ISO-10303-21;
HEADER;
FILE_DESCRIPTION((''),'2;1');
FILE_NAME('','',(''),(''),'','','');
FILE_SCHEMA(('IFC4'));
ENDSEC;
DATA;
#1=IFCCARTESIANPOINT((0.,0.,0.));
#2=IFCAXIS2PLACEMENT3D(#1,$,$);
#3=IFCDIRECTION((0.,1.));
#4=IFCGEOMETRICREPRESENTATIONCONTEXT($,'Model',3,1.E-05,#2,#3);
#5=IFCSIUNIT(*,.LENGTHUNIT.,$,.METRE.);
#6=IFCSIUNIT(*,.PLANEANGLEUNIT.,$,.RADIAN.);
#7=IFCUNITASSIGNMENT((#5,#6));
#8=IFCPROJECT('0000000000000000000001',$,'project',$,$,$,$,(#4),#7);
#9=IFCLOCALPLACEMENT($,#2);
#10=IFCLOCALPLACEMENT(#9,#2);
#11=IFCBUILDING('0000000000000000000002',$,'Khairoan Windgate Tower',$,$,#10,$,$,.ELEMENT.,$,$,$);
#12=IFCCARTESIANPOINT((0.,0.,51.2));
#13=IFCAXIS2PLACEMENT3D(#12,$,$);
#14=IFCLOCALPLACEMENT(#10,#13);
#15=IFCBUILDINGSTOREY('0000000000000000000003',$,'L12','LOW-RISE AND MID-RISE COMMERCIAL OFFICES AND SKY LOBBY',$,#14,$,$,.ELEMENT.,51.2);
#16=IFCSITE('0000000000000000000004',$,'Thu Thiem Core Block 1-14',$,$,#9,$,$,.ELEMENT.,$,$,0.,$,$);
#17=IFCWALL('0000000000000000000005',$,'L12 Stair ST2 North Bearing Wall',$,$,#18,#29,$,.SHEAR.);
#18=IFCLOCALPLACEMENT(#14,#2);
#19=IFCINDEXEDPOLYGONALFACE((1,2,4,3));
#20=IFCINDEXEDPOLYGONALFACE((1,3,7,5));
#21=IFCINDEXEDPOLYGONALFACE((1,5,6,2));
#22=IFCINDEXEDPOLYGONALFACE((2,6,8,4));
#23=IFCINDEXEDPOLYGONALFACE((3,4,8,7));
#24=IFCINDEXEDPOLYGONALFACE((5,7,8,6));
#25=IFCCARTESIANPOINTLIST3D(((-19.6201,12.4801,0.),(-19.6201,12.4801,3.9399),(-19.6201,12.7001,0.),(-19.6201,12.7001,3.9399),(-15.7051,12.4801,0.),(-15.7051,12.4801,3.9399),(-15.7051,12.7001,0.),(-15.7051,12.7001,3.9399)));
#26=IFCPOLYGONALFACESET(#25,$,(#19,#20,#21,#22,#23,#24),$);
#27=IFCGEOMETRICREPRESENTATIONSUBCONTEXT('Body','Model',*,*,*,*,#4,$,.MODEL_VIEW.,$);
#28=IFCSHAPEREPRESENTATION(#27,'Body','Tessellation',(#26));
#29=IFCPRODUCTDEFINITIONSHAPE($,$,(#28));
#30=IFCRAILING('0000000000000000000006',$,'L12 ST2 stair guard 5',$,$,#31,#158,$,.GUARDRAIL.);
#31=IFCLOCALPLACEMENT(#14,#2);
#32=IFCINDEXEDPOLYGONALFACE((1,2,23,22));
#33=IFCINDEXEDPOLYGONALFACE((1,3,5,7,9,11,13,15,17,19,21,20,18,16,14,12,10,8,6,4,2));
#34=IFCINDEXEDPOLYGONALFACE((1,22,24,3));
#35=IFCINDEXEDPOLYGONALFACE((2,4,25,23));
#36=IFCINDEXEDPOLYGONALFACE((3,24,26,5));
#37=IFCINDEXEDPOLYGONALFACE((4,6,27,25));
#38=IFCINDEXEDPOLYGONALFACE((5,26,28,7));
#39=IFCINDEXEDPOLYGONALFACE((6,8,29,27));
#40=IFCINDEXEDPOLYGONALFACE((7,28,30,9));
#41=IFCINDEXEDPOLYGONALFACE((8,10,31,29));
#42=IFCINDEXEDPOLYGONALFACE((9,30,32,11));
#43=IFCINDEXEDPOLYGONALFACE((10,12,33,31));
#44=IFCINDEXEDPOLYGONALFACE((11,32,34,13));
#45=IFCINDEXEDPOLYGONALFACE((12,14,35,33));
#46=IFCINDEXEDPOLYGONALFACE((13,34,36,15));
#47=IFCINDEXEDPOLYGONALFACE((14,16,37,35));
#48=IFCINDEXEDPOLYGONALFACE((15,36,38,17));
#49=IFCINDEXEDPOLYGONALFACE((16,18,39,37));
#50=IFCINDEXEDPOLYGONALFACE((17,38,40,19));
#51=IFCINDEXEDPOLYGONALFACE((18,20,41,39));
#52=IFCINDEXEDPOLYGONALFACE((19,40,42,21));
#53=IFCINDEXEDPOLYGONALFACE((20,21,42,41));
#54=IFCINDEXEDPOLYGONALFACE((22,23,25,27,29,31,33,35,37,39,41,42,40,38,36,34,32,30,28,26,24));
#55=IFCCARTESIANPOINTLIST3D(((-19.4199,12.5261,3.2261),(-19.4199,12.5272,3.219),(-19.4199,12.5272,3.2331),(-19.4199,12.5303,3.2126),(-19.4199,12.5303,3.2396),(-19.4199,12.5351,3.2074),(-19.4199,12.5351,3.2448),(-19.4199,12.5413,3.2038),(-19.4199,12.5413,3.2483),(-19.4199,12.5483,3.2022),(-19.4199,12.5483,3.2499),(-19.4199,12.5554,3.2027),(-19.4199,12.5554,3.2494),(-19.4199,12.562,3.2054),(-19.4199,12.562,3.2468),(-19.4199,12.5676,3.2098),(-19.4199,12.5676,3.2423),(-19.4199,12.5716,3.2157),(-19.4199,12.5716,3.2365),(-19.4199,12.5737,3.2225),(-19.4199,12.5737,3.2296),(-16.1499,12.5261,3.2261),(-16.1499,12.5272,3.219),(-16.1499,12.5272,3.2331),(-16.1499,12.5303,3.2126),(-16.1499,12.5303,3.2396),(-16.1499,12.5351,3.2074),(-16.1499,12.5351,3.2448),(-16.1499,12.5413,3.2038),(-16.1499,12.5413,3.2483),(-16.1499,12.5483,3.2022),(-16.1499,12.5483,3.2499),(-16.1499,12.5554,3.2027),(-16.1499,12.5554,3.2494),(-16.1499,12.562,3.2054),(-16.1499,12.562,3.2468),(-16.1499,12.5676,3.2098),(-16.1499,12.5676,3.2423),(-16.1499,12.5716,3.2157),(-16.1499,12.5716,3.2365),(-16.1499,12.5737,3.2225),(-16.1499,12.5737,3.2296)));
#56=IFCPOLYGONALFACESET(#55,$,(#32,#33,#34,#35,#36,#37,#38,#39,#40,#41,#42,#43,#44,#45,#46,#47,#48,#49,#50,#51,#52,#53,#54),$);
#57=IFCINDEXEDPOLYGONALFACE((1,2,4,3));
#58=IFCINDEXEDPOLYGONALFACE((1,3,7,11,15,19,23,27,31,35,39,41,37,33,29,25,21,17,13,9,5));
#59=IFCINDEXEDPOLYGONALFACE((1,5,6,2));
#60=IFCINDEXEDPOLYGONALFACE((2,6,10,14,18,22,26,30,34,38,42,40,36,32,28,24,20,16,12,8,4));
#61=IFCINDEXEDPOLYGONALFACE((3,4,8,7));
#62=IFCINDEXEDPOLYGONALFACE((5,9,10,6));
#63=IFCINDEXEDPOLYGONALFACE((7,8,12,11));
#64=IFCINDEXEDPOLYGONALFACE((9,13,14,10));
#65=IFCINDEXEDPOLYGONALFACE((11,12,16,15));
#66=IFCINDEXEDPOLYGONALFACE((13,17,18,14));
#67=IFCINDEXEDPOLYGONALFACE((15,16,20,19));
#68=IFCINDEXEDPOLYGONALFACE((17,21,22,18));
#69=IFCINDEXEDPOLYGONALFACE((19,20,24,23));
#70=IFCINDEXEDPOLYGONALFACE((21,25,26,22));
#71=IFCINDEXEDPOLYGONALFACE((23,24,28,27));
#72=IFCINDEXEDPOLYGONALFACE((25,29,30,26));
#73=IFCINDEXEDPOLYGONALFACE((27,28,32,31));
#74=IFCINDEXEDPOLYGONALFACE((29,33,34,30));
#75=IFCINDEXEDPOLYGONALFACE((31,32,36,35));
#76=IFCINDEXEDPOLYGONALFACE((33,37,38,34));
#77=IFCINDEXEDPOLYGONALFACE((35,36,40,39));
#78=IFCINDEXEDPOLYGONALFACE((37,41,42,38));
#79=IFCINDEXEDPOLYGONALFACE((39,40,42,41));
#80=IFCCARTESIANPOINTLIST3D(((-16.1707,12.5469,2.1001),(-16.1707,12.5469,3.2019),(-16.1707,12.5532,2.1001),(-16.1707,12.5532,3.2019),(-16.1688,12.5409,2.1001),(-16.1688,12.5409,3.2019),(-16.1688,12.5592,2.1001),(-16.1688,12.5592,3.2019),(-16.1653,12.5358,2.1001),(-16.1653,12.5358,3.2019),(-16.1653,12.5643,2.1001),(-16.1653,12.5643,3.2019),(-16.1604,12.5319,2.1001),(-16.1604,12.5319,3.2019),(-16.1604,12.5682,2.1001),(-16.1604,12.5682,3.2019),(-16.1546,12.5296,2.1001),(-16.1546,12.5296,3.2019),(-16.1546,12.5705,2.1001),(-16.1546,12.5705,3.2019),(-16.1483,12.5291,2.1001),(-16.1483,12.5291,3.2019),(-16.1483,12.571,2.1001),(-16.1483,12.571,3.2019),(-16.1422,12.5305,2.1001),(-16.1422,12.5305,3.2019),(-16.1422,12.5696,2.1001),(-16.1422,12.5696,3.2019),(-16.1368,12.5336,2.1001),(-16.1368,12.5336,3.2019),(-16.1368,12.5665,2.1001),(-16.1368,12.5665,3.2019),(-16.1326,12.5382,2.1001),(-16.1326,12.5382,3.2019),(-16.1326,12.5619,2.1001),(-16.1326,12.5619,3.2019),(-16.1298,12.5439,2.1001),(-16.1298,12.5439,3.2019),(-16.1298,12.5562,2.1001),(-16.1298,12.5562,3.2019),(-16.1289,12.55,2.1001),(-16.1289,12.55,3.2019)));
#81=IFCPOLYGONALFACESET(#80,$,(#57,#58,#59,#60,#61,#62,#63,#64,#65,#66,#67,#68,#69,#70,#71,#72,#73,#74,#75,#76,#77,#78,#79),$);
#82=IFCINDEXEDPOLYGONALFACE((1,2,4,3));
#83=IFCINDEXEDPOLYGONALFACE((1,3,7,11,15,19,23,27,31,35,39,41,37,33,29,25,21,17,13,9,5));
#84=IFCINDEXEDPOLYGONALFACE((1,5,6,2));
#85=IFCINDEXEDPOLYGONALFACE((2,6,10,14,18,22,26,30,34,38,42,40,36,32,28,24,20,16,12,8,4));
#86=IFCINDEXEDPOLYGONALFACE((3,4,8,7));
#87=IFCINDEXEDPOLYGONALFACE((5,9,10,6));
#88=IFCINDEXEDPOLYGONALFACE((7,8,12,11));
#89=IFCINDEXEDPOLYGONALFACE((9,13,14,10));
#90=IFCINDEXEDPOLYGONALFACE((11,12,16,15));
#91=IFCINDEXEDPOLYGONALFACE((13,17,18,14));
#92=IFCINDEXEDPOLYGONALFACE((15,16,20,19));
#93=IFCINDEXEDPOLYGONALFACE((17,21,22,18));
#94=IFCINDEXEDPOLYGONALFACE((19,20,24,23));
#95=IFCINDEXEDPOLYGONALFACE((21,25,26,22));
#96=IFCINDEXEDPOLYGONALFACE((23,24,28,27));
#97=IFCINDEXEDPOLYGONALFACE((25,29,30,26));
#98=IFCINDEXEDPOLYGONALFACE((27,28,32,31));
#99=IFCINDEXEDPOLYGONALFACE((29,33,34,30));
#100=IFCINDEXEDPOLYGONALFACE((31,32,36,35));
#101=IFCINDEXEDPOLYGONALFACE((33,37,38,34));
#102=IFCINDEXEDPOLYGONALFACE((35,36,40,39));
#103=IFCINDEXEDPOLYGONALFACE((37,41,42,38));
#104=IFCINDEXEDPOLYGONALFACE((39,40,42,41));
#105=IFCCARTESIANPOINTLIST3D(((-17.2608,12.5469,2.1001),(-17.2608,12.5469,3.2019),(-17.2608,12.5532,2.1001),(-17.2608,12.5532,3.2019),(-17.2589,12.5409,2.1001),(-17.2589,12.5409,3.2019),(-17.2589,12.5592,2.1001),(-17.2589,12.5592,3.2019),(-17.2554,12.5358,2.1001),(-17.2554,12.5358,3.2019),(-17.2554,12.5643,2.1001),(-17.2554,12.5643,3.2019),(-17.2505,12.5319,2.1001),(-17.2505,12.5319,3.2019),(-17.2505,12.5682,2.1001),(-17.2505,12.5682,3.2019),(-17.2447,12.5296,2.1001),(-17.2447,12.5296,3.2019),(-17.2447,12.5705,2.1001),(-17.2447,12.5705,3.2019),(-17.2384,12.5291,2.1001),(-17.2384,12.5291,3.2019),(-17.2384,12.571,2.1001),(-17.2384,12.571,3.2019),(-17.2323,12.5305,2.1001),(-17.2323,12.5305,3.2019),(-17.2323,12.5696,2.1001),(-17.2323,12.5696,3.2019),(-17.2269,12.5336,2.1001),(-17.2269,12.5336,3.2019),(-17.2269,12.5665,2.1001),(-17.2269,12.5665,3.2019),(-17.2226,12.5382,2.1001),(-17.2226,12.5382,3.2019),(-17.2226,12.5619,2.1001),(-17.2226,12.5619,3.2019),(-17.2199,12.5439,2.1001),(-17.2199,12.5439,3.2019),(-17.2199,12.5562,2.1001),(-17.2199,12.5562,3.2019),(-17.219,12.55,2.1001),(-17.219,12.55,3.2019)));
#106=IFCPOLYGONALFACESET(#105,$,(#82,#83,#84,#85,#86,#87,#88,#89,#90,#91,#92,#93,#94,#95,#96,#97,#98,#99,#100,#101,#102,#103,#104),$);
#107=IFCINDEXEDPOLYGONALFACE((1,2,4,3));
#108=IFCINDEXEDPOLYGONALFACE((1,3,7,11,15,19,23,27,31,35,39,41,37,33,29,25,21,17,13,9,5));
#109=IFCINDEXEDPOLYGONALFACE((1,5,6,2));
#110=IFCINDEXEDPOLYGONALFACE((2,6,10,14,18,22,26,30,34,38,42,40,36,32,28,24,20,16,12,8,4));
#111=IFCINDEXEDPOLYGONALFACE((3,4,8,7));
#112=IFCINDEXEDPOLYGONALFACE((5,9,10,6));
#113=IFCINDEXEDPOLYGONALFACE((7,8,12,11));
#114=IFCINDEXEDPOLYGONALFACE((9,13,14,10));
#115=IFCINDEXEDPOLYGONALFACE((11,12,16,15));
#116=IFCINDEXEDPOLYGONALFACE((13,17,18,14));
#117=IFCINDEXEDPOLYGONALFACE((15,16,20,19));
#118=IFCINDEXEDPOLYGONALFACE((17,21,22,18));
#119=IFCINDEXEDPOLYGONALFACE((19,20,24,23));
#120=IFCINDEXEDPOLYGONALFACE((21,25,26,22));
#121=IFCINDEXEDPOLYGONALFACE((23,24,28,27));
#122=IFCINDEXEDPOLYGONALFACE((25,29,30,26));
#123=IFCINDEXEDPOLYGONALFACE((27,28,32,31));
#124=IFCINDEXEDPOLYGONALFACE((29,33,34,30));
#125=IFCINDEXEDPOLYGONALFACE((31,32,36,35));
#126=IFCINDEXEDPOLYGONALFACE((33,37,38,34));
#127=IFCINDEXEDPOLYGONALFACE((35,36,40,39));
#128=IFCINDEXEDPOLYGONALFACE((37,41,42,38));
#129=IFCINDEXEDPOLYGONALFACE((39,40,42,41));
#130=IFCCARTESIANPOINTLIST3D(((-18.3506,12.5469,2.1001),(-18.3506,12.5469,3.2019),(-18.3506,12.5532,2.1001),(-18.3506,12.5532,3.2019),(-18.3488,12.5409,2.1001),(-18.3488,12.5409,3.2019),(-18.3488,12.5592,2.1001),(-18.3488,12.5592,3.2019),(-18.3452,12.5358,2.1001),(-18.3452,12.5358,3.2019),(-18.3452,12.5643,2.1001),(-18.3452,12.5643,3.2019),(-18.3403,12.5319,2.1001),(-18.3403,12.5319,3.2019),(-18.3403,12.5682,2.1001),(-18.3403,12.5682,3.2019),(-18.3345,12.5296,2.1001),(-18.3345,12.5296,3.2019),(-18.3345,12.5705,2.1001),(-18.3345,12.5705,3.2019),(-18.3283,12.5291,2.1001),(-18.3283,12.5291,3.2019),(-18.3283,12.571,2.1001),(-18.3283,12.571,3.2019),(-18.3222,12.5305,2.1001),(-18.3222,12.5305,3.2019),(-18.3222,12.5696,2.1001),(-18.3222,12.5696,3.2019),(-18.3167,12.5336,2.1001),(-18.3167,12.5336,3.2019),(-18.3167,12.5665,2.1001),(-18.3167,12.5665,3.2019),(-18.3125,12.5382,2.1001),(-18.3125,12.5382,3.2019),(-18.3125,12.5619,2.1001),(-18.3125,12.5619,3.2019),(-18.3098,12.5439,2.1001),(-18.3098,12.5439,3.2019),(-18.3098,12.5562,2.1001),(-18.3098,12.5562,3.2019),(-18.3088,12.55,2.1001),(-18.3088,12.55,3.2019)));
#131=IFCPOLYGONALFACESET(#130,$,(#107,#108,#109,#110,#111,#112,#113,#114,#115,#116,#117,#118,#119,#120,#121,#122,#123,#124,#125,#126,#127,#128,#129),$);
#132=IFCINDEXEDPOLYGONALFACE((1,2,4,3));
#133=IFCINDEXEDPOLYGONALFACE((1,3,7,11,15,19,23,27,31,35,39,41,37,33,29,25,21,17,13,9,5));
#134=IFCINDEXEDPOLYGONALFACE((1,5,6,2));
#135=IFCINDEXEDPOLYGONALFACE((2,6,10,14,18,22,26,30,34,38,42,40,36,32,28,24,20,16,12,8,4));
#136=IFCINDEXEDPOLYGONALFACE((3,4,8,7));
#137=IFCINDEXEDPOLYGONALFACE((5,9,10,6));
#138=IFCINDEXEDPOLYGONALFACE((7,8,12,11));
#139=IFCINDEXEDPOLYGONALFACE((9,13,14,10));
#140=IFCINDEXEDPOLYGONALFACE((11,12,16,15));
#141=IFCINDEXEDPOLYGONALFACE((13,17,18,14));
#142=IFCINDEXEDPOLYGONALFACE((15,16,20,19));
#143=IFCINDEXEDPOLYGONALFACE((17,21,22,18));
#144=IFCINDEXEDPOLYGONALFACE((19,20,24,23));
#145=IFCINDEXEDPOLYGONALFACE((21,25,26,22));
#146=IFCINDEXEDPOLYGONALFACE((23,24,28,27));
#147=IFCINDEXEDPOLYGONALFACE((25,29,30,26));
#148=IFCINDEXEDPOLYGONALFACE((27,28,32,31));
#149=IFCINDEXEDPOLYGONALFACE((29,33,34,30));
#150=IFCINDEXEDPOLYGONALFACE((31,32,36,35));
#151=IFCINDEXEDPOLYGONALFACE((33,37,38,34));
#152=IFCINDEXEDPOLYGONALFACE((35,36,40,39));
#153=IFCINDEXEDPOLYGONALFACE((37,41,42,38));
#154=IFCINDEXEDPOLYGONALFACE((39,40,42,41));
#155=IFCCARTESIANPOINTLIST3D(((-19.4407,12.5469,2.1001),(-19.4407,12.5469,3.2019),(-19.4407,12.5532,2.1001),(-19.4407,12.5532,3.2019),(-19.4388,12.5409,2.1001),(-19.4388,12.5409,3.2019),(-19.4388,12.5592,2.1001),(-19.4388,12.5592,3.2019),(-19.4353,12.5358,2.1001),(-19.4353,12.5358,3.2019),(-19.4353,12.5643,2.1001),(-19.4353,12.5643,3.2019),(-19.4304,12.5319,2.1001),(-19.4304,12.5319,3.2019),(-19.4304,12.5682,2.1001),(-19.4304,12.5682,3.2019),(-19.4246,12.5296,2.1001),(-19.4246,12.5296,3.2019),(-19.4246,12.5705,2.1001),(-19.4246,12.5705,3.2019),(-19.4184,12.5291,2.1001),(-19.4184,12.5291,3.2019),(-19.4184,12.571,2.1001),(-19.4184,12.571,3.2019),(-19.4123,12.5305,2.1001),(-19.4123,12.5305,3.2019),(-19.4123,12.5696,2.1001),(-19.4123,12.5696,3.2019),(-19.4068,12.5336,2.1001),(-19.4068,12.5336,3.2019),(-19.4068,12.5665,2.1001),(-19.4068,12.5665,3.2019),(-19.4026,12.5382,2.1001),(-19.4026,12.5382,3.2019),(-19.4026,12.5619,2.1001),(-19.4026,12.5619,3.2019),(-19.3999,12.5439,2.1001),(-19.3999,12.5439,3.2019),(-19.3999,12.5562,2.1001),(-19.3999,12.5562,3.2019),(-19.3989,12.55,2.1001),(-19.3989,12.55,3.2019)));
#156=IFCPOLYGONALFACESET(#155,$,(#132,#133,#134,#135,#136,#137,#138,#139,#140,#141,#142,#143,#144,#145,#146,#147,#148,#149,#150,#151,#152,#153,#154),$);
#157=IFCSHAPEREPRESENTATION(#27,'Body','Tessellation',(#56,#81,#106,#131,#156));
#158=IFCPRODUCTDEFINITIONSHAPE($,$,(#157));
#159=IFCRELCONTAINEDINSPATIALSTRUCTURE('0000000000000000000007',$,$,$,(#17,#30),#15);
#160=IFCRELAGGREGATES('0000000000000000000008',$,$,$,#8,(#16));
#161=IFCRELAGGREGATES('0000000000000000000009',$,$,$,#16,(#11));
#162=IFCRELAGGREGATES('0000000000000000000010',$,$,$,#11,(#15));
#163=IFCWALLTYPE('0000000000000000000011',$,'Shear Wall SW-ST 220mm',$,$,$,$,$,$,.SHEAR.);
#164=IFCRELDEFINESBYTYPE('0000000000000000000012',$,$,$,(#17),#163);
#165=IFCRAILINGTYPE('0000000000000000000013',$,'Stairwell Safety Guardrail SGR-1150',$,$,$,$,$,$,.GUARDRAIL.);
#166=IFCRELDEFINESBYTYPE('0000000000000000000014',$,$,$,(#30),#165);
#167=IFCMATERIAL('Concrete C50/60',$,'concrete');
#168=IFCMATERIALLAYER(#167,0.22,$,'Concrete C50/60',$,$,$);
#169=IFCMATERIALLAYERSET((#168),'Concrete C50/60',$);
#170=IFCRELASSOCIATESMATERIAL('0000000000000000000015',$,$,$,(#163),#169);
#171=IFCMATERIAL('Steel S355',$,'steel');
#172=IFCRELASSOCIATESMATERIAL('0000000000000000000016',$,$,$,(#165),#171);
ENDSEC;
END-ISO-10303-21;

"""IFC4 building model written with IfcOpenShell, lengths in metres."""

from ifc_helpers import new_model, si_unit, direction, frame, frame_2d, origin, origin_2d, place, context, subcontext, project, spatial, rectangle, circle, extrude, material, layer, layer_set, type_object, element, save


model = new_model("IFC4")

# Units and contexts
model_context = context("Model", 3, precision=1e-05, world=origin(), true_north=direction((0.0, 1.0)))
body_context = subcontext(model_context, "Body", "Model", "MODEL_VIEW")
ifc_project = project(units=[si_unit("LENGTHUNIT", "METRE"), si_unit("PLANEANGLEUNIT", "RADIAN")], contexts=[model_context])

# Site, building, storey
site_placement = place(None, origin())
site = spatial("IfcSite", under=ifc_project, at=site_placement, Name="Thu Thiem Core Block 1-14", CompositionType="ELEMENT", RefElevation=0.0)
building_placement = place(site_placement, origin())
building = spatial("IfcBuilding", under=site, at=building_placement, Name="Khairoan Windgate Tower", CompositionType="ELEMENT")
storey_placement = place(building_placement, frame((0.0, 0.0, 51.2)))
storey = spatial("IfcBuildingStorey", under=building, at=storey_placement, Name="L12", Description="LOW-RISE AND MID-RISE COMMERCIAL OFFICES AND SKY LOBBY", CompositionType="ELEMENT", Elevation=51.2)

# Wall
ifc_material_1 = material(Name="Concrete C50/60", Category="concrete")
ifc_layer_1 = layer(ifc_material_1, 0.22, Name="Concrete C50/60")
ifc_layer_set_1 = layer_set([ifc_layer_1], Name="Concrete C50/60")
wall_type_1 = type_object("IfcWallType", Name="Shear Wall SW-ST 220mm", PredefinedType="SHEAR", material=ifc_layer_set_1)
wall_1_placement = place(storey_placement, frame((-19.6201, 12.5901, 0.0), z_axis=(0.0, 0.0, 1.0), x_axis=(1.0, 0.0, 0.0)))
element("IfcWall", 1, at=wall_1_placement, inside=storey, type_object=wall_type_1, Name="L12 Stair ST2 North Bearing Wall", PredefinedType="SHEAR", context=body_context, shape_type="SweptSolid", body=[
    extrude(rectangle(XDim=3.915, YDim=0.22, at=frame_2d((1.9575, 0.0))), origin(), (0.0, 0.0, 1.0), 3.9399),
])

# Railing
ifc_material_2 = material(Name="Steel S355", Category="steel")
railing_type = type_object("IfcRailingType", Name="Stairwell Safety Guardrail SGR-1150", PredefinedType="GUARDRAIL", material=ifc_material_2)
railing_1_placement = place(storey_placement, frame((-16.1499, 12.55, 2.1001)))
element("IfcRailing", 2, at=railing_1_placement, inside=storey, type_object=railing_type, Name="L12 ST2 stair guard 5", PredefinedType="GUARDRAIL", context=body_context, shape_type="SweptSolid", body=[
    extrude(circle(Radius=0.0239, at=origin_2d()), frame((0.0, 0.0, 1.126), z_axis=(-1.0, 0.0, 0.0), x_axis=(0.0, -1.0, 0.0)), (0.0, 0.0, 1.0), 3.27),
    extrude(circle(Radius=0.021, at=origin_2d()), origin(), (0.0, 0.0, 1.0), 1.1018),
    extrude(circle(Radius=0.021, at=origin_2d()), frame((-1.0901, 0.0, 0.0)), (0.0, 0.0, 1.0), 1.1018),
    extrude(circle(Radius=0.021, at=origin_2d()), frame((-2.1799, 0.0, 0.0)), (0.0, 0.0, 1.0), 1.1018),
    extrude(circle(Radius=0.021, at=origin_2d()), frame((-3.27, 0.0, 0.0)), (0.0, 0.0, 1.0), 1.1018),
])

save(model, "model.ifc")
